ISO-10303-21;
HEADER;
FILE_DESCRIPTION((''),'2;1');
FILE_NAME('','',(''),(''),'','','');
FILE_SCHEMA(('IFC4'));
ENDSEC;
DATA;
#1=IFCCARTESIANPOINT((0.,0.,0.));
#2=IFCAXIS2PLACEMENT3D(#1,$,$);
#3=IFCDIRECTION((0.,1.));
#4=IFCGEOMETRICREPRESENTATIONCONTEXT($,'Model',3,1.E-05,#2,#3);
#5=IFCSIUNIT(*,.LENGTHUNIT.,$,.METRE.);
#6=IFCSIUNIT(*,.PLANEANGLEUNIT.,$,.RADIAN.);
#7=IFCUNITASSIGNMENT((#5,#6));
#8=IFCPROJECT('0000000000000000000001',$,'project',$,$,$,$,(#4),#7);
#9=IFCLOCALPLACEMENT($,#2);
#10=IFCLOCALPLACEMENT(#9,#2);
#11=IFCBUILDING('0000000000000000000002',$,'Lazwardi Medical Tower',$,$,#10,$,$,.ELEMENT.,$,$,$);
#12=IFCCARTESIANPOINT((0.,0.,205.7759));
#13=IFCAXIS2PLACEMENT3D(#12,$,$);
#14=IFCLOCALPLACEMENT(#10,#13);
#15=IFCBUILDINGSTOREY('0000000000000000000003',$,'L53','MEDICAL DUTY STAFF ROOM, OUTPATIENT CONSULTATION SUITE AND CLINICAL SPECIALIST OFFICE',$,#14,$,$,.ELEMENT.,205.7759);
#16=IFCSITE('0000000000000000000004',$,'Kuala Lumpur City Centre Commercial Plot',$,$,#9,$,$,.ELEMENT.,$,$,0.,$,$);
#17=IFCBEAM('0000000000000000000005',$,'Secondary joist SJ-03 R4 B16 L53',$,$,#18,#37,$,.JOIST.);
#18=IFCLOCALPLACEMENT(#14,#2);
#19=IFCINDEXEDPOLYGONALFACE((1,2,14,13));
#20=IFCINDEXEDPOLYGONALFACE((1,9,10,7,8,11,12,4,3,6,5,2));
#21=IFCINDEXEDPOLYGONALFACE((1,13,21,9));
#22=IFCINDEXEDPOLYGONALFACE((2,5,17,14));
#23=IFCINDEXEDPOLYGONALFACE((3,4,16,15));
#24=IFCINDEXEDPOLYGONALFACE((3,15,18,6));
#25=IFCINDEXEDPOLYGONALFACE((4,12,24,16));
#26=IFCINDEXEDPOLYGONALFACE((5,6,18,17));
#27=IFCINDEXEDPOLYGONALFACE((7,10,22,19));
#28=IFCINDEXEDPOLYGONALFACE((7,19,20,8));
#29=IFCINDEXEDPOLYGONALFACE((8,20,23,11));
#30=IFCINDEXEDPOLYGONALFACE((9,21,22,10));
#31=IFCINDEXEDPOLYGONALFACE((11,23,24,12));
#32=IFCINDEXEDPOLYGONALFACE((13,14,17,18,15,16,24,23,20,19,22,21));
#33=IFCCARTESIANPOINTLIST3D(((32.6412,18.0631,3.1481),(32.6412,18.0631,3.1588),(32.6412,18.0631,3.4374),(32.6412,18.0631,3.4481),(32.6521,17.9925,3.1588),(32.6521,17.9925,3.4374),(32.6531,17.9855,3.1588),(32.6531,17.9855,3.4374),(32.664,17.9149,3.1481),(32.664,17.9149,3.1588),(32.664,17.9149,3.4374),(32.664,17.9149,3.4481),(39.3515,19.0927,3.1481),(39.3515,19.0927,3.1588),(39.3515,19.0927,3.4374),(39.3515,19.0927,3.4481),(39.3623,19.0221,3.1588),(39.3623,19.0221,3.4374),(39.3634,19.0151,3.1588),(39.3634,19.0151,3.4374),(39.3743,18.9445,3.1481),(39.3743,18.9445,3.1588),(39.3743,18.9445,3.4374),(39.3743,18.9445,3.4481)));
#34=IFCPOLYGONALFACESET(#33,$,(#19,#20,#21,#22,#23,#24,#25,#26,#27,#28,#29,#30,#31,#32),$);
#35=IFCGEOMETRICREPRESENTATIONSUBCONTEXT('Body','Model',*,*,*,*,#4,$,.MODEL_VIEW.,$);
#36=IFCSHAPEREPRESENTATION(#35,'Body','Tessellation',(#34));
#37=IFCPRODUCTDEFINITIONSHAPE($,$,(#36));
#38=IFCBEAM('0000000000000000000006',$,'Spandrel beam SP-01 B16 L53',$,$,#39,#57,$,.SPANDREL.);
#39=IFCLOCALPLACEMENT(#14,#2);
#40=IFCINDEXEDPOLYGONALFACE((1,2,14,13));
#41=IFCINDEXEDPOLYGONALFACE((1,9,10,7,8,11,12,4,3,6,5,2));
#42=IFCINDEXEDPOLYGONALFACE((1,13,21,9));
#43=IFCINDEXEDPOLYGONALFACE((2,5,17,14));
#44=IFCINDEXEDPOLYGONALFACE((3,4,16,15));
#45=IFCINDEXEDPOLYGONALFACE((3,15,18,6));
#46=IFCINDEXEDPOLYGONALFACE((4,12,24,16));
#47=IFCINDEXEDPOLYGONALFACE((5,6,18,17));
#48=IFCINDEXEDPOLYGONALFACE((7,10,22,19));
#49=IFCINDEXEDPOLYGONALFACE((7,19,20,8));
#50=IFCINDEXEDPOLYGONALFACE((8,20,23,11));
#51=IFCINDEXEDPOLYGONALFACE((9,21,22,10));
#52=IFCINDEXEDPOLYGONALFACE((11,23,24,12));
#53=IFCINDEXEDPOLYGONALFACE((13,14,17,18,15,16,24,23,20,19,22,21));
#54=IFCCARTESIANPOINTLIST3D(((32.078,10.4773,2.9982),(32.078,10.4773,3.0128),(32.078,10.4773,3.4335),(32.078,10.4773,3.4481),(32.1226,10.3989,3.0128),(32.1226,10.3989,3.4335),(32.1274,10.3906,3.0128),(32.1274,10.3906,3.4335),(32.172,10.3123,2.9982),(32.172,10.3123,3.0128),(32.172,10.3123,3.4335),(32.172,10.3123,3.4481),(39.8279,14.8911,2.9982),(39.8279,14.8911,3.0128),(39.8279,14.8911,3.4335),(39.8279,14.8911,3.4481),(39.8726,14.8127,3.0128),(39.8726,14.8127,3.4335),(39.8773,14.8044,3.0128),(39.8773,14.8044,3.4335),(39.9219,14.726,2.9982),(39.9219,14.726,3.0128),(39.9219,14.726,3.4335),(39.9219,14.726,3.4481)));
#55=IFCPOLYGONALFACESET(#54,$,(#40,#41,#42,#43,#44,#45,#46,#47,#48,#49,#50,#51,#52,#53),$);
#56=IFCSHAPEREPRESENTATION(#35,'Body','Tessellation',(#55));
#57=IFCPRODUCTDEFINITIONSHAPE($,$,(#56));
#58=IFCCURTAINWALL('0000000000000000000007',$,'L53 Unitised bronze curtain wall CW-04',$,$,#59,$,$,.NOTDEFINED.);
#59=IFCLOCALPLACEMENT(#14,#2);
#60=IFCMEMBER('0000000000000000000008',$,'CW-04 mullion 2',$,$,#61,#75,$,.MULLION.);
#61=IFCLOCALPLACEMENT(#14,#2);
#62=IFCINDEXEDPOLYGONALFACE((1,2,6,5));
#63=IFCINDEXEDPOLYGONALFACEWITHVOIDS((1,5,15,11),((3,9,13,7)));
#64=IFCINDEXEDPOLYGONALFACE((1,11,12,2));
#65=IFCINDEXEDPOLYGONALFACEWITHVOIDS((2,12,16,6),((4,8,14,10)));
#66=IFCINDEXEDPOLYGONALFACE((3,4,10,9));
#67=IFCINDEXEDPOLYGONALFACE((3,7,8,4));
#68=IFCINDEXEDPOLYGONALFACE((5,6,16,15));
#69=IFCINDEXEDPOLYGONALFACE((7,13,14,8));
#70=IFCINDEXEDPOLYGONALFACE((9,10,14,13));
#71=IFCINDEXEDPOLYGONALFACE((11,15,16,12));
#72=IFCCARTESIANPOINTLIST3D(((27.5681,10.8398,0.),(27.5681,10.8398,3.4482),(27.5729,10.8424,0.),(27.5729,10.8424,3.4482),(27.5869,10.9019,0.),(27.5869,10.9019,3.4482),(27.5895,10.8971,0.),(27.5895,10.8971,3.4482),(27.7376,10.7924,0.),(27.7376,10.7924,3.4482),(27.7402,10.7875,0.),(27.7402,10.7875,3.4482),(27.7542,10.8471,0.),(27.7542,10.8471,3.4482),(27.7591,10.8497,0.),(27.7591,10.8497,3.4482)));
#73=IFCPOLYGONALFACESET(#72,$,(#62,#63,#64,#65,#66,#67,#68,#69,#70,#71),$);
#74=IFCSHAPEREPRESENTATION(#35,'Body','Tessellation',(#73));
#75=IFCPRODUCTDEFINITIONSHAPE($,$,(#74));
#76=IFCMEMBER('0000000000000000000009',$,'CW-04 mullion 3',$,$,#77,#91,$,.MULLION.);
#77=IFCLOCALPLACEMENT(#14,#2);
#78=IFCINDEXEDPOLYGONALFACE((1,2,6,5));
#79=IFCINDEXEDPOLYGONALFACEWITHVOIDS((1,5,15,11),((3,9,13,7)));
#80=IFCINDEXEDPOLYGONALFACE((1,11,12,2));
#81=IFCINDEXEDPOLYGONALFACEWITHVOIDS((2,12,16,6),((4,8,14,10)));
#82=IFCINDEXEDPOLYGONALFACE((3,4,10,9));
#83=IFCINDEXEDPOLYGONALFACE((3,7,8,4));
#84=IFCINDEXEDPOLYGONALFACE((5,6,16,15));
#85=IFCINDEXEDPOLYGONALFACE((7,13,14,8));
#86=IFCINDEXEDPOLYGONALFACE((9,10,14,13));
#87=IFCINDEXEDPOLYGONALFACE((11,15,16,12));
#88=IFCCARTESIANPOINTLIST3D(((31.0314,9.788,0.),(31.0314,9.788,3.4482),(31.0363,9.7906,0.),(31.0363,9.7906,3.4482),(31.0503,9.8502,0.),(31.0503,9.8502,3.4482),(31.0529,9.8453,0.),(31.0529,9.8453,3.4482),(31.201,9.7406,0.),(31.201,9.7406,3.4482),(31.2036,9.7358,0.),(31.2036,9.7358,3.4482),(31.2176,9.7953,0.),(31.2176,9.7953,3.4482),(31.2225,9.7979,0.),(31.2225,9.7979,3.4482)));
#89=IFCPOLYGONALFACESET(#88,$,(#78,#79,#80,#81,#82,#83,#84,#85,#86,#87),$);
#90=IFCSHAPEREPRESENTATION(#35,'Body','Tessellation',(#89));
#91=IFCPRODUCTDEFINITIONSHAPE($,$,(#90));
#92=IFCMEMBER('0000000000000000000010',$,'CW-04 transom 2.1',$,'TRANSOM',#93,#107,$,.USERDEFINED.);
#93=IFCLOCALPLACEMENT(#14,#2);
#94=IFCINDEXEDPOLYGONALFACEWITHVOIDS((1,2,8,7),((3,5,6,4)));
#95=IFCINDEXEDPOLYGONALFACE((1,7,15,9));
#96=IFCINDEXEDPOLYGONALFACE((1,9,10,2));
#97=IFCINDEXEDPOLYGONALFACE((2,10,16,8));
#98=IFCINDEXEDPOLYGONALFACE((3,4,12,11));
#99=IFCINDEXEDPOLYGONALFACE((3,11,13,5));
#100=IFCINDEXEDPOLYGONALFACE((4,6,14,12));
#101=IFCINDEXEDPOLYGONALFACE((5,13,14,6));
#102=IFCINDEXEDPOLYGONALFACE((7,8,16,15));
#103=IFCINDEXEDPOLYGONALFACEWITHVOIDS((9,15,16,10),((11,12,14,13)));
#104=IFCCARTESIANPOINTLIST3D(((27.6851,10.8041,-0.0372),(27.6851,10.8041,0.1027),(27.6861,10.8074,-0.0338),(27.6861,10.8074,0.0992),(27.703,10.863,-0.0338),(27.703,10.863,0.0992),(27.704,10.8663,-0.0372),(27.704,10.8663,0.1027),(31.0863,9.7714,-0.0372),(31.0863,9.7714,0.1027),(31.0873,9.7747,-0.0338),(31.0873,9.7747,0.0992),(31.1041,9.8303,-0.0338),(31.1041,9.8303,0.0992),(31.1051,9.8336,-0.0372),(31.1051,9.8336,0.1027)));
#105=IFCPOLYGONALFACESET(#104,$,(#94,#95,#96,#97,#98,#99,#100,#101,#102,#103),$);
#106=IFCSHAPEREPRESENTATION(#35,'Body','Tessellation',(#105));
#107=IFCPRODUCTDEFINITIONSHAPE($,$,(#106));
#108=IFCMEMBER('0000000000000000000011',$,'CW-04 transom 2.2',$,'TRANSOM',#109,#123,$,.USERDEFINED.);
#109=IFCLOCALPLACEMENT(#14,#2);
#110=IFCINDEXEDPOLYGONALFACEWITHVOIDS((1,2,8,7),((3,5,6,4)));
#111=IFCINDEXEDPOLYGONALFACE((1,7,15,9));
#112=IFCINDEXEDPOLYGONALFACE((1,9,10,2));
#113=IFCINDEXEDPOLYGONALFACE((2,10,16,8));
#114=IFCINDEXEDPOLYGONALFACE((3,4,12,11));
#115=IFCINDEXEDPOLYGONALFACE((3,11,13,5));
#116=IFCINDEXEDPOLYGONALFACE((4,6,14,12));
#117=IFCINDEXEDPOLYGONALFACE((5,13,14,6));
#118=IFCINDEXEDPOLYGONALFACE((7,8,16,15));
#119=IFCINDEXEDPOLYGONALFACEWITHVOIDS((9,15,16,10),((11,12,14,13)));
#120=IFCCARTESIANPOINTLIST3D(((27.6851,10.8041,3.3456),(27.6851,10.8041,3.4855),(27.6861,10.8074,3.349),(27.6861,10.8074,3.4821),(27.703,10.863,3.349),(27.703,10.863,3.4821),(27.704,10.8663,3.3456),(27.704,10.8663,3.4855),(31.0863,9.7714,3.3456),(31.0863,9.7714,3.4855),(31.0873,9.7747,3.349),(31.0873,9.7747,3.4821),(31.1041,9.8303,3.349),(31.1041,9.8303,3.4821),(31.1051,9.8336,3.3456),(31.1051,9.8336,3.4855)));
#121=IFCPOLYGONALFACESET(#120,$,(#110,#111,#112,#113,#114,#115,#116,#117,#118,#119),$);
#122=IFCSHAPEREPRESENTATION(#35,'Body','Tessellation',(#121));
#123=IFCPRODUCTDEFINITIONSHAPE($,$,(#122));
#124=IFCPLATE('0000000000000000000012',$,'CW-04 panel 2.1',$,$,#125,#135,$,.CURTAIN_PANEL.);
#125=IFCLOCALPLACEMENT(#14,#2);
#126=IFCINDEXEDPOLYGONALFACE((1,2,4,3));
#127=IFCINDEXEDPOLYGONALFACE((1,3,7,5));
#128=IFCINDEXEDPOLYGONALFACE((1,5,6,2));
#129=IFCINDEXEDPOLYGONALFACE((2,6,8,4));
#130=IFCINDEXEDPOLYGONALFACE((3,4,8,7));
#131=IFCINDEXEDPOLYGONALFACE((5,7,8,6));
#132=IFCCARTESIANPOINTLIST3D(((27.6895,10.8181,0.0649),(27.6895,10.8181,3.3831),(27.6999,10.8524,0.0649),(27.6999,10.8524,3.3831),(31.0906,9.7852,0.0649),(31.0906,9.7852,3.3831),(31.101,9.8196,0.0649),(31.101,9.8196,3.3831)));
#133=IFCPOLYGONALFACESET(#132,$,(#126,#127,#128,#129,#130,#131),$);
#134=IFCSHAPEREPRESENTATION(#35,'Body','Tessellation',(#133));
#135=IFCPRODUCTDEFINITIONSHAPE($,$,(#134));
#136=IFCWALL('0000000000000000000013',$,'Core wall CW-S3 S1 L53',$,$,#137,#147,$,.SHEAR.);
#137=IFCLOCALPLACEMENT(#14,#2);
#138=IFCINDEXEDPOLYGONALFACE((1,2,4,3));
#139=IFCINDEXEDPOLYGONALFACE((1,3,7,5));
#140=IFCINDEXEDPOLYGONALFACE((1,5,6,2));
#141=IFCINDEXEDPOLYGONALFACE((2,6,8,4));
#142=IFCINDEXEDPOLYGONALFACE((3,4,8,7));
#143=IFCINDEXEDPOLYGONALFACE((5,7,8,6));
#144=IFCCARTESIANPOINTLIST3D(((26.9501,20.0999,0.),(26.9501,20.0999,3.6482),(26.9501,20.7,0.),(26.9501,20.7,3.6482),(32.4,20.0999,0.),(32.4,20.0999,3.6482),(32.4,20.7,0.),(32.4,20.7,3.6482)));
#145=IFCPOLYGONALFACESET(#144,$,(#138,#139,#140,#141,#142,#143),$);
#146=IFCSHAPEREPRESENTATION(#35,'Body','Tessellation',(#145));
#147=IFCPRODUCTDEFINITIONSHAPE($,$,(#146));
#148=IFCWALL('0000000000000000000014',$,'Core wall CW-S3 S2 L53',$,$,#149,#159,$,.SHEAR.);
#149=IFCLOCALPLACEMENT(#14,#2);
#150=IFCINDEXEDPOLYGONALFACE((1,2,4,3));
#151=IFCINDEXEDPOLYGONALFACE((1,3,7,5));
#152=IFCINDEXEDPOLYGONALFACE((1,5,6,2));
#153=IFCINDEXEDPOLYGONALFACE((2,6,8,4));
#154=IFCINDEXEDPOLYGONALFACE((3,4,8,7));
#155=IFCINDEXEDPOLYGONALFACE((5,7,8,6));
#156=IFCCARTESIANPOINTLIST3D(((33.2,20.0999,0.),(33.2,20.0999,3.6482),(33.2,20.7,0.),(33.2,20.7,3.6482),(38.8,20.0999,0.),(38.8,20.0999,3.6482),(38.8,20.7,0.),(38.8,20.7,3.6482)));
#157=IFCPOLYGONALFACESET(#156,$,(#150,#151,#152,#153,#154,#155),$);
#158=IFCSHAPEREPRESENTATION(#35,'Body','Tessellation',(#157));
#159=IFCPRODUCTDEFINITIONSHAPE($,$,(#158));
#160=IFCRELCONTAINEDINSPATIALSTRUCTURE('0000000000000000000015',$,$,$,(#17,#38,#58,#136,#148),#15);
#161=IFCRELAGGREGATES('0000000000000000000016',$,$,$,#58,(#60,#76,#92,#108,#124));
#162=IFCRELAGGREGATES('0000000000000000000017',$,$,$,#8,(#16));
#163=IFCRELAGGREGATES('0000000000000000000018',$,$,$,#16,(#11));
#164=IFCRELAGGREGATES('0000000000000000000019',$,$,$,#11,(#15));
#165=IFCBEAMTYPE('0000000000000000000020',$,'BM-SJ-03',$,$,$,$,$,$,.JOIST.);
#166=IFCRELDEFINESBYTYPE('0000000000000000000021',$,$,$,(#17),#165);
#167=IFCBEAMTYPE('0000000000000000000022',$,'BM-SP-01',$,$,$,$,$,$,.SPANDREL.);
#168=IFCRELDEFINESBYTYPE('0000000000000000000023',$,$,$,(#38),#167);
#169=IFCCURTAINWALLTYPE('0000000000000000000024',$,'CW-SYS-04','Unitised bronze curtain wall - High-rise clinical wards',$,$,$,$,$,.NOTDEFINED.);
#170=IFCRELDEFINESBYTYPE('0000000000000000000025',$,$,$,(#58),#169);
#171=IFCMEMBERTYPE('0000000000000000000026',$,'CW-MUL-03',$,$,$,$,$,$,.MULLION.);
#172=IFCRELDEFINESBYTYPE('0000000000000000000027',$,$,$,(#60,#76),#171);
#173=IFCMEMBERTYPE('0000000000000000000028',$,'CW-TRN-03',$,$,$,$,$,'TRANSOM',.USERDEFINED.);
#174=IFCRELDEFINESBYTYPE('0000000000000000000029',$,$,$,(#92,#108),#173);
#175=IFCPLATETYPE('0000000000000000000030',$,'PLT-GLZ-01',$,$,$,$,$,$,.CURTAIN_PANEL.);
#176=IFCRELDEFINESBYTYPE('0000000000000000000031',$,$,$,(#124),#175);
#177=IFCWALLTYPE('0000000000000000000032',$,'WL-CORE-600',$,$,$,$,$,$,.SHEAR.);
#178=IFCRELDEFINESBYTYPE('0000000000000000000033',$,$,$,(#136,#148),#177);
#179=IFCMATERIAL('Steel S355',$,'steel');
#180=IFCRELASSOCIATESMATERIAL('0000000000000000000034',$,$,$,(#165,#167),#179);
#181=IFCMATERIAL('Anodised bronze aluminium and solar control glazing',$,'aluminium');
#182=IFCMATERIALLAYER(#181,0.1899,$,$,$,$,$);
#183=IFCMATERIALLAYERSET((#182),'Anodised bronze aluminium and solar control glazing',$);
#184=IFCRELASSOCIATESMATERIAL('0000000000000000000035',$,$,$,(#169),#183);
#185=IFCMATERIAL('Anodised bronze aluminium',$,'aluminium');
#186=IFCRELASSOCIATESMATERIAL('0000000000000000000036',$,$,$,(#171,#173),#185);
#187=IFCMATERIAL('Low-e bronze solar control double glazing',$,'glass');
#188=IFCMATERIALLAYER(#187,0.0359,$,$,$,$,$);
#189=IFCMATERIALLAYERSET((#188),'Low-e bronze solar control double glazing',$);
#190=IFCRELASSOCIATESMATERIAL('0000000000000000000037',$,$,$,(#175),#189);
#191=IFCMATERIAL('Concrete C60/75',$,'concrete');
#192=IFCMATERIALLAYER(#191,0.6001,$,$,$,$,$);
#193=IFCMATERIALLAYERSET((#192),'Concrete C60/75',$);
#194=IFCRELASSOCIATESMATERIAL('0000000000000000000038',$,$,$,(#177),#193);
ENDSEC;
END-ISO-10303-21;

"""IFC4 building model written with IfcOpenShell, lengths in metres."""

from ifc_helpers import new_model, si_unit, direction, frame, frame_2d, origin, origin_2d, place, context, subcontext, project, spatial, rectangle, hollow_rectangle, i_section, extrude, material, layer, layer_set, material_profile, profile_set, type_object, element, aggregate, save


model = new_model("IFC4")

# Units and contexts
model_context = context("Model", 3, precision=1e-05, world=origin(), true_north=direction((0.0, 1.0)))
body_context = subcontext(model_context, "Body", "Model", "MODEL_VIEW")
ifc_project = project(units=[si_unit("LENGTHUNIT", "METRE"), si_unit("PLANEANGLEUNIT", "RADIAN")], contexts=[model_context])

# Site, building, storey
site_placement = place(None, origin())
site = spatial("IfcSite", under=ifc_project, at=site_placement, Name="Kuala Lumpur City Centre Commercial Plot", CompositionType="ELEMENT", RefElevation=0.0)
building_placement = place(site_placement, origin())
building = spatial("IfcBuilding", under=site, at=building_placement, Name="Lazwardi Medical Tower", CompositionType="ELEMENT")
storey_placement = place(building_placement, frame((0.0, 0.0, 205.7759)))
storey = spatial("IfcBuildingStorey", under=building, at=storey_placement, Name="L53", Description="MEDICAL DUTY STAFF ROOM, OUTPATIENT CONSULTATION SUITE AND CLINICAL SPECIALIST OFFICE", CompositionType="ELEMENT", Elevation=205.7759)

# Shared definitions
ifc_material_1 = material(Name="Concrete C60/75", Category="concrete")

# Beams
ifc_material_2 = material(Name="Steel S355", Category="steel")
ifc_material_profile_1 = material_profile(ifc_material_2, i_section(OverallWidth=0.1499, OverallDepth=0.3, WebThickness=0.0071, FlangeThickness=0.0107, at=origin_2d()), Name="IPE 300")
ifc_profile_set_1 = profile_set([ifc_material_profile_1], Name="Steel S355")
beam_type_1 = type_object("IfcBeamType", Name="BM-SJ-03", PredefinedType="JOIST", material=ifc_profile_set_1)
beam_1_placement = place(storey_placement, frame((32.6526, 17.989, 3.2981), z_axis=(0.988434, 0.151655, 0.0), x_axis=(-0.151655, 0.988434, 0.0)))
element("IfcBeam", 1, at=beam_1_placement, inside=storey, type_object=beam_type_1, Name="Secondary joist SJ-03 R4 B16 L53", PredefinedType="JOIST", context=body_context, shape_type="SweptSolid", body=[
    extrude(i_section(OverallWidth=0.1499, OverallDepth=0.3, WebThickness=0.0071, FlangeThickness=0.0107, at=origin_2d()), origin(), (0.0, 0.0, 1.0), 6.7888),
])
ifc_material_profile_2 = material_profile(ifc_material_2, i_section(OverallWidth=0.1899, OverallDepth=0.45, WebThickness=0.0095, FlangeThickness=0.0146, at=origin_2d()), Name="IPE 450")
ifc_profile_set_2 = profile_set([ifc_material_profile_2], Name="Steel S355")
beam_type_2 = type_object("IfcBeamType", Name="BM-SP-01", PredefinedType="SPANDREL", material=ifc_profile_set_2)
beam_2_placement = place(storey_placement, frame((32.125, 10.3948, 3.2231), z_axis=(0.868955, 0.494891, 0.0), x_axis=(-0.494891, 0.868955, 0.0)))
element("IfcBeam", 2, at=beam_2_placement, inside=storey, type_object=beam_type_2, Name="Spandrel beam SP-01 B16 L53", PredefinedType="SPANDREL", context=body_context, shape_type="SweptSolid", body=[
    extrude(i_section(OverallWidth=0.1899, OverallDepth=0.45, WebThickness=0.0095, FlangeThickness=0.0146, at=origin_2d()), origin(), (0.0, 0.0, 1.0), 8.9187),
])

# Curtain wall, members, plate
ifc_material_3 = material(Name="Anodised bronze aluminium and solar control glazing", Category="aluminium")
ifc_layer_1 = layer(ifc_material_3, 0.1899)
ifc_layer_set_1 = layer_set([ifc_layer_1], Name="Anodised bronze aluminium and solar control glazing")
curtain_wall_type = type_object("IfcCurtainWallType", Name="CW-SYS-04", Description="Unitised bronze curtain wall - High-rise clinical wards", PredefinedType="NOTDEFINED", material=ifc_layer_set_1)
curtain_wall_placement = place(storey_placement, origin())
curtain_wall = element("IfcCurtainWall", 3, at=curtain_wall_placement, inside=storey, type_object=curtain_wall_type, Name="L53 Unitised bronze curtain wall CW-04", PredefinedType="NOTDEFINED")
ifc_material_4 = material(Name="Anodised bronze aluminium", Category="aluminium")
ifc_material_profile_3 = material_profile(ifc_material_4, hollow_rectangle(XDim=0.0649, YDim=0.1799, WallThickness=0.0039, at=origin_2d()), Name="ALU-MULLION 180x65x4")
ifc_profile_set_3 = profile_set([ifc_material_profile_3], Name="Anodised bronze aluminium")
member_type_1 = type_object("IfcMemberType", Name="CW-MUL-03", PredefinedType="MULLION", material=ifc_profile_set_3)
member_1_placement = place(storey_placement, frame((27.6636, 10.8447, 0.0), z_axis=(0.0, 0.0, 1.0), x_axis=(0.290582, 0.95685, 0.0)))
member_1 = element("IfcMember", 4, at=member_1_placement, type_object=member_type_1, Name="CW-04 mullion 2", PredefinedType="MULLION", context=body_context, shape_type="SweptSolid", body=[
    extrude(hollow_rectangle(XDim=0.0649, YDim=0.1799, WallThickness=0.0039, at=origin_2d()), origin(), (0.0, 0.0, 1.0), 3.4482),
])
member_2_placement = place(storey_placement, frame((31.127, 9.793, 0.0), z_axis=(0.0, 0.0, 1.0), x_axis=(0.290582, 0.95685, 0.0)))
member_2 = element("IfcMember", 5, at=member_2_placement, type_object=member_type_1, Name="CW-04 mullion 3", PredefinedType="MULLION", context=body_context, shape_type="SweptSolid", body=[
    extrude(hollow_rectangle(XDim=0.0649, YDim=0.1799, WallThickness=0.0039, at=origin_2d()), origin(), (0.0, 0.0, 1.0), 3.4482),
])
ifc_material_profile_4 = material_profile(ifc_material_4, hollow_rectangle(XDim=0.0649, YDim=0.1399, WallThickness=0.0034, at=origin_2d()), Name="ALU-TRANSOM 140x65x3.5")
ifc_profile_set_4 = profile_set([ifc_material_profile_4], Name="Anodised bronze aluminium")
member_type_2 = type_object("IfcMemberType", Name="CW-TRN-03", ElementType="TRANSOM", PredefinedType="USERDEFINED", material=ifc_profile_set_4)
member_3_placement = place(storey_placement, frame((27.6946, 10.8352, 0.0327), z_axis=(0.956863, -0.290541, 0.0), x_axis=(0.290541, 0.956863, 0.0)))
member_3 = element("IfcMember", 6, at=member_3_placement, type_object=member_type_2, Name="CW-04 transom 2.1", ObjectType="TRANSOM", PredefinedType="USERDEFINED", context=body_context, shape_type="SweptSolid", body=[
    extrude(hollow_rectangle(XDim=0.0649, YDim=0.1399, WallThickness=0.0034, at=origin_2d()), origin(), (0.0, 0.0, 1.0), 3.5544),
])
member_4_placement = place(storey_placement, frame((27.6946, 10.8352, 3.4155), z_axis=(0.956863, -0.290541, 0.0), x_axis=(0.290541, 0.956863, 0.0)))
member_4 = element("IfcMember", 7, at=member_4_placement, type_object=member_type_2, Name="CW-04 transom 2.2", ObjectType="TRANSOM", PredefinedType="USERDEFINED", context=body_context, shape_type="SweptSolid", body=[
    extrude(hollow_rectangle(XDim=0.0649, YDim=0.1399, WallThickness=0.0034, at=origin_2d()), origin(), (0.0, 0.0, 1.0), 3.5544),
])
ifc_material_5 = material(Name="Low-e bronze solar control double glazing", Category="glass")
ifc_layer_2 = layer(ifc_material_5, 0.0359)
ifc_layer_set_2 = layer_set([ifc_layer_2], Name="Low-e bronze solar control double glazing")
plate_type = type_object("IfcPlateType", Name="PLT-GLZ-01", PredefinedType="CURTAIN_PANEL", material=ifc_layer_set_2)
plate_placement = place(storey_placement, frame((29.3953, 10.3188, 0.0649), z_axis=(0.0, 0.0, 1.0), x_axis=(0.95685, -0.290582, 0.0)))
plate = element("IfcPlate", 8, at=plate_placement, type_object=plate_type, Name="CW-04 panel 2.1", PredefinedType="CURTAIN_PANEL", context=body_context, shape_type="SweptSolid", body=[
    extrude(rectangle(XDim=3.5544, YDim=0.0359, at=origin_2d()), origin(), (0.0, 0.0, 1.0), 3.3181),
])
aggregate(curtain_wall, [member_1, member_2, member_3, member_4, plate])

# Shared definitions
ifc_layer_3 = layer(ifc_material_1, 0.6001)
ifc_layer_set_3 = layer_set([ifc_layer_3], Name="Concrete C60/75")
wall_type_1 = type_object("IfcWallType", Name="WL-CORE-600", PredefinedType="SHEAR", material=ifc_layer_set_3)

# Walls
wall_1_placement = place(storey_placement, frame((26.95, 20.3999, 0.0), z_axis=(0.0, 0.0, 1.0), x_axis=(1.0, 0.0, 0.0)))
element("IfcWall", 9, at=wall_1_placement, inside=storey, type_object=wall_type_1, Name="Core wall CW-S3 S1 L53", PredefinedType="SHEAR", context=body_context, shape_type="SweptSolid", body=[
    extrude(rectangle(XDim=5.45, YDim=0.6001, at=frame_2d((2.7251, 0.0))), origin(), (0.0, 0.0, 1.0), 3.6482),
])
wall_2_placement = place(storey_placement, frame((33.2, 20.3999, 0.0), z_axis=(0.0, 0.0, 1.0), x_axis=(1.0, 0.0, 0.0)))
element("IfcWall", 10, at=wall_2_placement, inside=storey, type_object=wall_type_1, Name="Core wall CW-S3 S2 L53", PredefinedType="SHEAR", context=body_context, shape_type="SweptSolid", body=[
    extrude(rectangle(XDim=5.6001, YDim=0.6001, at=frame_2d((2.8, 0.0))), origin(), (0.0, 0.0, 1.0), 3.6482),
])

save(model, "model.ifc")
